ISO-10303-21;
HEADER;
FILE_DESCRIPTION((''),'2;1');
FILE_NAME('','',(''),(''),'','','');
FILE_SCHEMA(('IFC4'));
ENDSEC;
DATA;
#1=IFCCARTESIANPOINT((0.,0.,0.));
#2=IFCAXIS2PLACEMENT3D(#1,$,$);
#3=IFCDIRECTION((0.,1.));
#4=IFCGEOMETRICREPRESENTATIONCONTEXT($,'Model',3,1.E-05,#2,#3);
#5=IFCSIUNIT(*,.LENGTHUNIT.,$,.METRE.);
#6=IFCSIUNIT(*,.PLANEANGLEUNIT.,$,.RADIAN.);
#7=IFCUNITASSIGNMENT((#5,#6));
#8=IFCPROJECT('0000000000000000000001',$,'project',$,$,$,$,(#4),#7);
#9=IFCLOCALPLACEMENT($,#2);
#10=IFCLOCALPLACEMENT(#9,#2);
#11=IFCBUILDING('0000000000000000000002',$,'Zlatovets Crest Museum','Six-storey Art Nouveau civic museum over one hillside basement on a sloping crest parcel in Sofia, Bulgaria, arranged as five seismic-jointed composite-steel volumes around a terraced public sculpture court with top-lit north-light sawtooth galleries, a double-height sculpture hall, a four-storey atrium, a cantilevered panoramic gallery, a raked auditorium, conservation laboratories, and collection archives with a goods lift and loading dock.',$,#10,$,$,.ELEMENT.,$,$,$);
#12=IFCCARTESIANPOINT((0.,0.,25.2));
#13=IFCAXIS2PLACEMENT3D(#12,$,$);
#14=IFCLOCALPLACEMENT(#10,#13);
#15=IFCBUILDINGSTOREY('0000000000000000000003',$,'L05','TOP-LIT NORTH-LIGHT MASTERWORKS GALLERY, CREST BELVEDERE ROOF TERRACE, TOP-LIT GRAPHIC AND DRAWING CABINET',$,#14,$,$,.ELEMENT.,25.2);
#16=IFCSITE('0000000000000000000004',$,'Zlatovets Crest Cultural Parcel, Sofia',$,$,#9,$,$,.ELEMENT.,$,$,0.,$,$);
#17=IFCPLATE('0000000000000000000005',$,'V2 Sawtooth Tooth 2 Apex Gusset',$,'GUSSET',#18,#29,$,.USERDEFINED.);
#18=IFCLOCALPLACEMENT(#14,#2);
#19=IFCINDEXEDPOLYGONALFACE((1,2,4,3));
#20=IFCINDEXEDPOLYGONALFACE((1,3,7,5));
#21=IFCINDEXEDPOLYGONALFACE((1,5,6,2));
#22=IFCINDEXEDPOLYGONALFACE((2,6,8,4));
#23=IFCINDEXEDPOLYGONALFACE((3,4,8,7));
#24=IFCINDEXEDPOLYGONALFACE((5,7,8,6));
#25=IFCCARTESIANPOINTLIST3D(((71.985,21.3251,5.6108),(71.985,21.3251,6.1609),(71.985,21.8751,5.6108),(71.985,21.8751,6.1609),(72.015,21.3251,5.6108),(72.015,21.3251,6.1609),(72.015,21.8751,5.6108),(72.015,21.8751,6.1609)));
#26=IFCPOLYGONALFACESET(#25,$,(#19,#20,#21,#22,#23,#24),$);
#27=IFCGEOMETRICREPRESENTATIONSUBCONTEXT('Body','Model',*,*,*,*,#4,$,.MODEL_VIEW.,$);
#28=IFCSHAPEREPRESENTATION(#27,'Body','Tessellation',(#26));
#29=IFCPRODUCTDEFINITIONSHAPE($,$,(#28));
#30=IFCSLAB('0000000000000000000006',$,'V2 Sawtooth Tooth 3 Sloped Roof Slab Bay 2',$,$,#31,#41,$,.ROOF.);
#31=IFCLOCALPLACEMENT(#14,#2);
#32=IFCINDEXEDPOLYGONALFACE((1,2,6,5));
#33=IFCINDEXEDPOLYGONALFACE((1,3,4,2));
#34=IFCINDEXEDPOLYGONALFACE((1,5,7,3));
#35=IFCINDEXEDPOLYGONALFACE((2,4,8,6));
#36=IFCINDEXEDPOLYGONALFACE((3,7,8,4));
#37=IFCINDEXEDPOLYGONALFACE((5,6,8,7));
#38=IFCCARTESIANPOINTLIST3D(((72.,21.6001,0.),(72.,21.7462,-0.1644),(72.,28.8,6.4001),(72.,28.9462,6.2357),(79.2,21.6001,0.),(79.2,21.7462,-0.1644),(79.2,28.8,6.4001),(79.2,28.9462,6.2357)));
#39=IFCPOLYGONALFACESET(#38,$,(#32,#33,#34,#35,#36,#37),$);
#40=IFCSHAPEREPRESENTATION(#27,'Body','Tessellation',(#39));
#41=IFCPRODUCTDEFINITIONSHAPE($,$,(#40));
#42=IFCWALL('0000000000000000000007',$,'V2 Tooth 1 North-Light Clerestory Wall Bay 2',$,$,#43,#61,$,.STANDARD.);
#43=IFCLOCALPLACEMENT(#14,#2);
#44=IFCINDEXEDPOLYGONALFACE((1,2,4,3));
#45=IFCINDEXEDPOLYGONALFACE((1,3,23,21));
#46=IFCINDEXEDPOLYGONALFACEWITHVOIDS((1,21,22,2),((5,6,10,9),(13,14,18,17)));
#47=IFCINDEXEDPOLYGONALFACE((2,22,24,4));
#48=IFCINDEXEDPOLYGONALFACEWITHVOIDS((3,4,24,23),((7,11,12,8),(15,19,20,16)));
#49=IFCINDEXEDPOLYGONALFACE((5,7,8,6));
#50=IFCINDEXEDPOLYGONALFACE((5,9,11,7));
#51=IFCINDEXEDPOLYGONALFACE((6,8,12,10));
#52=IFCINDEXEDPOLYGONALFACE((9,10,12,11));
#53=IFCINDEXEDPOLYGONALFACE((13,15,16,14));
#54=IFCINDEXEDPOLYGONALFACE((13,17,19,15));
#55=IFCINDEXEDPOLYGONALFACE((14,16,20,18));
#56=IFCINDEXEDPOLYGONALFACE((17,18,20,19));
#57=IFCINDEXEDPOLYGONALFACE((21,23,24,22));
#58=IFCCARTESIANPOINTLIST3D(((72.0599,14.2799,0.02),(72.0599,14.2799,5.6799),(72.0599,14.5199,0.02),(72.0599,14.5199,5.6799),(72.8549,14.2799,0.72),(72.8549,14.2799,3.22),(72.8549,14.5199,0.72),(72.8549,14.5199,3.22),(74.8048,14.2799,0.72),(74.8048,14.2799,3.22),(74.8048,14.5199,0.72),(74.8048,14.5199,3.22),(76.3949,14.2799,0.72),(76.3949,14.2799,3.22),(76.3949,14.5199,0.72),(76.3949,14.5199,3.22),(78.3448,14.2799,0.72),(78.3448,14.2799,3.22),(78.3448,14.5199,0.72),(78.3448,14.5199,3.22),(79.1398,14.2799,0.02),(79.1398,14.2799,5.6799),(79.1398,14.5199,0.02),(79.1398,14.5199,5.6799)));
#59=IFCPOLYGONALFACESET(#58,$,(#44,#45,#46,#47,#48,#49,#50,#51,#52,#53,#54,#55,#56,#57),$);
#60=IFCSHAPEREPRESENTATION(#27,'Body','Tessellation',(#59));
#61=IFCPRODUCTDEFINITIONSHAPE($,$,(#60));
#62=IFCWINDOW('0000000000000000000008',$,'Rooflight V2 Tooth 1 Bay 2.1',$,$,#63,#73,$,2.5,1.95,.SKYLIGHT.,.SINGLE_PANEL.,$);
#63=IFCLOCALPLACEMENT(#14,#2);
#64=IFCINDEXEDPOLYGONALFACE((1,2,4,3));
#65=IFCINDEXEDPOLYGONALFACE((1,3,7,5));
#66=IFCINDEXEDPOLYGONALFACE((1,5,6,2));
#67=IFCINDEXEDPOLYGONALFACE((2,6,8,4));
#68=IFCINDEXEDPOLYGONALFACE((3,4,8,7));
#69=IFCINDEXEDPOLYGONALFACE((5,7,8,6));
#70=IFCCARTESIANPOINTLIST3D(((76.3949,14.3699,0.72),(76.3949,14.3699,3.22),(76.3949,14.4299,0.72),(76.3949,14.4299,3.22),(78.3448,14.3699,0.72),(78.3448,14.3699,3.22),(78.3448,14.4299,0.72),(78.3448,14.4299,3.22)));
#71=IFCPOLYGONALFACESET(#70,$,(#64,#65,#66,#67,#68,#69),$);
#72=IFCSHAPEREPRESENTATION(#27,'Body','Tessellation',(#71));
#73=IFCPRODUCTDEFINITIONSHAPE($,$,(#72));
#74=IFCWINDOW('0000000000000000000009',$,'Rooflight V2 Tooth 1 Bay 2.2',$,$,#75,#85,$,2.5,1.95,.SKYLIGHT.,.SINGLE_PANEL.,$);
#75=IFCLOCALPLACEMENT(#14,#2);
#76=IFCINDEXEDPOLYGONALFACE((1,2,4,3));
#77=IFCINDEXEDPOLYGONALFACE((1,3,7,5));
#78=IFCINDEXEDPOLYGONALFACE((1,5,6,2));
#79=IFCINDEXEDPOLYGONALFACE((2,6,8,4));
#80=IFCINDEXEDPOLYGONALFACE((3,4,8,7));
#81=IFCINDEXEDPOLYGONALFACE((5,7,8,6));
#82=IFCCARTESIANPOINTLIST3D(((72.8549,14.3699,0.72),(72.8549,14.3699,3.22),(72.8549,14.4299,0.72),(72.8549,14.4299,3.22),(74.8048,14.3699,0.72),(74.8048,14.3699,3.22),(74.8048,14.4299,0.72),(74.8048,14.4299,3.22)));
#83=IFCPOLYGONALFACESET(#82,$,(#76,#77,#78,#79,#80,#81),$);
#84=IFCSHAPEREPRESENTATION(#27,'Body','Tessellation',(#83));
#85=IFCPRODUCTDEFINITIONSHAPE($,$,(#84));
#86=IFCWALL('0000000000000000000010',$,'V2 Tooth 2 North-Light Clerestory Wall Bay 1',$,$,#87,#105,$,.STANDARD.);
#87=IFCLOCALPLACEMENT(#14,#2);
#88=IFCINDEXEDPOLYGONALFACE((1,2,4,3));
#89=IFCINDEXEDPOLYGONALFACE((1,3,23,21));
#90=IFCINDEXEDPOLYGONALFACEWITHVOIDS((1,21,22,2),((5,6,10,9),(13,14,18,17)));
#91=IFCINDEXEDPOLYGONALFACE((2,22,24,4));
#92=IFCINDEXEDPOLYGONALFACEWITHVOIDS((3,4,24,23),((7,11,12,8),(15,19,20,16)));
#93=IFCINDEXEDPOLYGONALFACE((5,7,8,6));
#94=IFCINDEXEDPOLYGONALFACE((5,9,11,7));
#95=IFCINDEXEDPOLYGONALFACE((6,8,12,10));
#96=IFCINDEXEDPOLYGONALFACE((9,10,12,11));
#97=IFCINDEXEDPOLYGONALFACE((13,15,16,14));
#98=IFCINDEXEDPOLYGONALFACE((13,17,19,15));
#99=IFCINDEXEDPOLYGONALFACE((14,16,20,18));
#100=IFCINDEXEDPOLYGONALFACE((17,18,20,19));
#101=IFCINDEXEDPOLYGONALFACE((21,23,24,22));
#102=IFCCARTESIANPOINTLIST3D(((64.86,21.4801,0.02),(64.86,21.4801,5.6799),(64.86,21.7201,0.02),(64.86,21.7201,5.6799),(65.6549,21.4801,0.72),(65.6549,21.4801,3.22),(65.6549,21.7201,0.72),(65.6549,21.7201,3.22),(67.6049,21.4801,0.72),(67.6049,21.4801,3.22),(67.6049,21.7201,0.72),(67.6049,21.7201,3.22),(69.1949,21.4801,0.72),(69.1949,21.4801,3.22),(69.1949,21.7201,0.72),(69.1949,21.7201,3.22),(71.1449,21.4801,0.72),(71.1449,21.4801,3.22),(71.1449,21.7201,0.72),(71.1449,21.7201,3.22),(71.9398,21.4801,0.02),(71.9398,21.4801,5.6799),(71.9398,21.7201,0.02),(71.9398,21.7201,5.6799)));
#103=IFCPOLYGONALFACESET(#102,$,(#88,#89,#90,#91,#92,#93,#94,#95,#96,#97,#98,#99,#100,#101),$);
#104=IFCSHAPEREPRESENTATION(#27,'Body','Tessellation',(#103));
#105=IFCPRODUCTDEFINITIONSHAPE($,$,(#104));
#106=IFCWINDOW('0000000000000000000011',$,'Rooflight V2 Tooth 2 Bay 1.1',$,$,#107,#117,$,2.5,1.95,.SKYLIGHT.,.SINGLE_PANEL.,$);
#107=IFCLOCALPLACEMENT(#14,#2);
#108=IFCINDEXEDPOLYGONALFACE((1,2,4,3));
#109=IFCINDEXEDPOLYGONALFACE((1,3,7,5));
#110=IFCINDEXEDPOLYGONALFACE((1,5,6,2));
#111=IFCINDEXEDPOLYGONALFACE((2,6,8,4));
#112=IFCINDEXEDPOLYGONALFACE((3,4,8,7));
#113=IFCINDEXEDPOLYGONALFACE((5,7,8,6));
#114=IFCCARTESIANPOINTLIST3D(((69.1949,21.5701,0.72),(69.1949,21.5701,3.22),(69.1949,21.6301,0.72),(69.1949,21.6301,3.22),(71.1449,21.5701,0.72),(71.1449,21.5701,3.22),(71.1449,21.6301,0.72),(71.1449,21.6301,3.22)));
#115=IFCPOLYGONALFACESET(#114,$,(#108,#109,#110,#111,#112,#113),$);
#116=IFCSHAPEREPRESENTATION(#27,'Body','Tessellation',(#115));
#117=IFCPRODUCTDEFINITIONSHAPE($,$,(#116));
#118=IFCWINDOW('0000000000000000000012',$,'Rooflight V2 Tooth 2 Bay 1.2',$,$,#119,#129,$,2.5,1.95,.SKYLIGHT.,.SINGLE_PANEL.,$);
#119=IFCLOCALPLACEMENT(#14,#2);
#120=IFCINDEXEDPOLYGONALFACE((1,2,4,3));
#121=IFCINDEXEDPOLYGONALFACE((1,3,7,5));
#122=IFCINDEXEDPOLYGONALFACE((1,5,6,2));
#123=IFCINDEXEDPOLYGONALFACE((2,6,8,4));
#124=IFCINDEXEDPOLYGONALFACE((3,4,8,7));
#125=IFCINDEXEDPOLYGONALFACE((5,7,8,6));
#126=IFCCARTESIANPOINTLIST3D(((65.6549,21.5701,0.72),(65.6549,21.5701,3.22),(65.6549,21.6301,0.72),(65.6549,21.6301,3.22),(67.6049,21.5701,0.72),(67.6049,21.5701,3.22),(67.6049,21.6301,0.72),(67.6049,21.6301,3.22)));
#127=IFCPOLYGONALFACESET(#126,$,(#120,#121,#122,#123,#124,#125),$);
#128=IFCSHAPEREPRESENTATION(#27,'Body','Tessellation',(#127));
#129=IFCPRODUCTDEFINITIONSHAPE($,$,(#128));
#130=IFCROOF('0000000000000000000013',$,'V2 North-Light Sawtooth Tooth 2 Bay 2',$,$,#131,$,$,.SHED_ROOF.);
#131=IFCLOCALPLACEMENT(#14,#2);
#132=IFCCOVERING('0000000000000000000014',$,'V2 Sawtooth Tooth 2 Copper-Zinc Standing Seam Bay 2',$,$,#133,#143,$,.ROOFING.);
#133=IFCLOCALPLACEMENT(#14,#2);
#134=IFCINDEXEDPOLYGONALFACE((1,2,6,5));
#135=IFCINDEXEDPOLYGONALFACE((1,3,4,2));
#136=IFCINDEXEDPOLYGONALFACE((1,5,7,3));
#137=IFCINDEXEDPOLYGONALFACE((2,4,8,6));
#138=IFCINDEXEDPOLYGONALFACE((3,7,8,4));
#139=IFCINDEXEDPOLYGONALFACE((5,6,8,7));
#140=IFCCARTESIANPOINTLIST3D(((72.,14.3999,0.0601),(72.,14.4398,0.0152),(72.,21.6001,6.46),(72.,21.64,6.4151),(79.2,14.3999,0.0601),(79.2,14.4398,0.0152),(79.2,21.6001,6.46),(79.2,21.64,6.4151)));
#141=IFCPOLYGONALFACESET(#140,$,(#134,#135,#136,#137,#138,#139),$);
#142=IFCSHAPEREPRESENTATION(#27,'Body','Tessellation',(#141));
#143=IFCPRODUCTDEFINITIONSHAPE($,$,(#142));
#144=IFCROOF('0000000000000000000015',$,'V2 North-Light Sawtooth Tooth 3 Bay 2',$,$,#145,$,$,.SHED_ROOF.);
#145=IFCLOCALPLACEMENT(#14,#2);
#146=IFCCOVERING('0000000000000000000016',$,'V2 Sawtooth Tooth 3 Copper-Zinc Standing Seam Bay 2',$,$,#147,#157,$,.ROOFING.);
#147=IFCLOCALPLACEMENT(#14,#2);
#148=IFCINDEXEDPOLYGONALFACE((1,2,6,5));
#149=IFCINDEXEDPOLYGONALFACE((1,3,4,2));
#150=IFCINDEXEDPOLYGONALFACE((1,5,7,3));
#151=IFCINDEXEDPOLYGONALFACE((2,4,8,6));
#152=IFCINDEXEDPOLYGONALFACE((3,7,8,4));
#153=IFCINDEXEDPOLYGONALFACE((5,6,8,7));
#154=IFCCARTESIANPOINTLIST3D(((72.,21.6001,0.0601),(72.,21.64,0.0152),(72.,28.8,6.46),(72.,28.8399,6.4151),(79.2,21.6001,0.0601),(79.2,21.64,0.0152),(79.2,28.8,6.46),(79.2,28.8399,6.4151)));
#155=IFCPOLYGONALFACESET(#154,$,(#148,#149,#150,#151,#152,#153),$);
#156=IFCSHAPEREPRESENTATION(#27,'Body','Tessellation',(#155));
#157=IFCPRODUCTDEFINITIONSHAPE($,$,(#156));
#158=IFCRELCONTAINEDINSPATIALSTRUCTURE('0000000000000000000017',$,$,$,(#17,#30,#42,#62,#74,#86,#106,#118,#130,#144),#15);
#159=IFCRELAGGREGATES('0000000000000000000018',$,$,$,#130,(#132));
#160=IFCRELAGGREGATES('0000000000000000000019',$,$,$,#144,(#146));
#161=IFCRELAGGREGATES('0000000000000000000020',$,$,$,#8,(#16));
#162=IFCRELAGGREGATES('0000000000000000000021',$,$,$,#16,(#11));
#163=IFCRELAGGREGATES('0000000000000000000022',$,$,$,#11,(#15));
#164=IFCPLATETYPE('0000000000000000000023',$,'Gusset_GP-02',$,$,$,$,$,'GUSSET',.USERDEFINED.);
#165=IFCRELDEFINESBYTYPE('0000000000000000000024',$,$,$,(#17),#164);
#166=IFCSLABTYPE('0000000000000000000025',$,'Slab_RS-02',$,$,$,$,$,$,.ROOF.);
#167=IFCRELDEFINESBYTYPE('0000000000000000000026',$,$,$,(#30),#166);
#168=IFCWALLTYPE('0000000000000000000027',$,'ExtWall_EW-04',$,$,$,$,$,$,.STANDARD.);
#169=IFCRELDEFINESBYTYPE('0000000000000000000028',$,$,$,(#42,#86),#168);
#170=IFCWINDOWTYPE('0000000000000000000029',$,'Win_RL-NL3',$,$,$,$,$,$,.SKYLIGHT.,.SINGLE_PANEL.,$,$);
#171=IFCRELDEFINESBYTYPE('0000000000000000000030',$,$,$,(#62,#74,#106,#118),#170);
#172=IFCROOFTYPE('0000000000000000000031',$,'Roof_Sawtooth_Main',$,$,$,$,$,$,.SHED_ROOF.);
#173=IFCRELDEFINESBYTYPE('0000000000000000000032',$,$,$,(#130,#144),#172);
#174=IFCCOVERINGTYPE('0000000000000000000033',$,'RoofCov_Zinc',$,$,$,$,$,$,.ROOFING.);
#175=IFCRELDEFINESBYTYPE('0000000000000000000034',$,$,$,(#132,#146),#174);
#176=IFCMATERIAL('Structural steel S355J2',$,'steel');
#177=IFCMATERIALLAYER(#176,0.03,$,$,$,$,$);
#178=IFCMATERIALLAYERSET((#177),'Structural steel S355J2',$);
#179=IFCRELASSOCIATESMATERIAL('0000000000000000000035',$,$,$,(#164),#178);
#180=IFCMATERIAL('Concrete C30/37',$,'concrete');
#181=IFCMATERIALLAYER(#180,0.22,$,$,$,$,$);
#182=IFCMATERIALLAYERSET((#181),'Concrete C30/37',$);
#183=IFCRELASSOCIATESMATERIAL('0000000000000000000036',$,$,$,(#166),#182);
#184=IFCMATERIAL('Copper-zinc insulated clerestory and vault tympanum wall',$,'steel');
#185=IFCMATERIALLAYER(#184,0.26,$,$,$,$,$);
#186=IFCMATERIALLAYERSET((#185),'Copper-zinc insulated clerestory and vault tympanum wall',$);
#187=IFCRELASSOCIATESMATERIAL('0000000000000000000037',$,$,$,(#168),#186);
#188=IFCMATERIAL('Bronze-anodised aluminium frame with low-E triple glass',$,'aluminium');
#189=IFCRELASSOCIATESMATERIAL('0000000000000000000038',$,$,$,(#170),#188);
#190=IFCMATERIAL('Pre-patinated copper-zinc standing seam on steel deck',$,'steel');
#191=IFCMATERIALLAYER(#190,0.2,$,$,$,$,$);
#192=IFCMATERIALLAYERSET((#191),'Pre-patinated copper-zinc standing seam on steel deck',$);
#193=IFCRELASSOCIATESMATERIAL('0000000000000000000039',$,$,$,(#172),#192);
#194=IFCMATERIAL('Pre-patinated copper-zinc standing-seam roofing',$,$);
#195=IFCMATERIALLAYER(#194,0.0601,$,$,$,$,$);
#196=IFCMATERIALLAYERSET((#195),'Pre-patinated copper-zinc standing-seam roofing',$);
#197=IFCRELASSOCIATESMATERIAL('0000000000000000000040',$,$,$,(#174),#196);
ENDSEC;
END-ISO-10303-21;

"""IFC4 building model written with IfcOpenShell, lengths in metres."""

from ifc_helpers import new_model, si_unit, direction, frame, frame_2d, origin, origin_2d, place, context, subcontext, project, spatial, polyline, rectangle, outline, extrude, material, layer, layer_set, type_object, element, fill, aggregate, save


model = new_model("IFC4")

# Units and contexts
model_context = context("Model", 3, precision=1e-05, world=origin(), true_north=direction((0.0, 1.0)))
body_context = subcontext(model_context, "Body", "Model", "MODEL_VIEW")
ifc_project = project(units=[si_unit("LENGTHUNIT", "METRE"), si_unit("PLANEANGLEUNIT", "RADIAN")], contexts=[model_context])

# Site, building, storey
site_placement = place(None, origin())
site = spatial("IfcSite", under=ifc_project, at=site_placement, Name="Zlatovets Crest Cultural Parcel, Sofia", CompositionType="ELEMENT", RefElevation=0.0)
building_placement = place(site_placement, origin())
building = spatial("IfcBuilding", under=site, at=building_placement, Name="Zlatovets Crest Museum", Description="Six-storey Art Nouveau civic museum over one hillside basement on a sloping crest parcel in Sofia, Bulgaria, arranged as five seismic-jointed composite-steel volumes around a terraced public sculpture court with top-lit north-light sawtooth galleries, a double-height sculpture hall, a four-storey atrium, a cantilevered panoramic gallery, a raked auditorium, conservation laboratories, and collection archives with a goods lift and loading dock.", CompositionType="ELEMENT")
storey_placement = place(building_placement, frame((0.0, 0.0, 25.2)))
storey = spatial("IfcBuildingStorey", under=building, at=storey_placement, Name="L05", Description="TOP-LIT NORTH-LIGHT MASTERWORKS GALLERY, CREST BELVEDERE ROOF TERRACE, TOP-LIT GRAPHIC AND DRAWING CABINET", CompositionType="ELEMENT", Elevation=25.2)

# Shared definitions
ifc_material_1 = material(Name="Structural steel S355J2", Category="steel")

# Plate
ifc_layer_1 = layer(ifc_material_1, 0.03)
ifc_layer_set_1 = layer_set([ifc_layer_1], Name="Structural steel S355J2")
plate_type = type_object("IfcPlateType", Name="Gusset_GP-02", ElementType="GUSSET", PredefinedType="USERDEFINED", material=ifc_layer_set_1)
plate_placement = place(storey_placement, frame((72.0, 21.6001, 5.6108), z_axis=(0.0, 0.0, 1.0), x_axis=(1.0, 0.0, 0.0)))
element("IfcPlate", 1, at=plate_placement, inside=storey, type_object=plate_type, Name="V2 Sawtooth Tooth 2 Apex Gusset", ObjectType="GUSSET", PredefinedType="USERDEFINED", context=body_context, shape_type="SweptSolid", body=[
    extrude(rectangle(XDim=0.03, YDim=0.55, at=origin_2d()), origin(), (0.0, 0.0, 1.0), 0.55),
])

# Slab
ifc_material_2 = material(Name="Concrete C30/37", Category="concrete")
ifc_layer_2 = layer(ifc_material_2, 0.22)
ifc_layer_set_2 = layer_set([ifc_layer_2], Name="Concrete C30/37")
slab_type = type_object("IfcSlabType", Name="Slab_RS-02", PredefinedType="ROOF", material=ifc_layer_set_2)
slab_placement = place(storey_placement, frame((72.0, 21.6001, 0.0), z_axis=(0.0, -0.664375, 0.7474), x_axis=(1.0, 0.0, 0.0)))
element("IfcSlab", 2, at=slab_placement, inside=storey, type_object=slab_type, Name="V2 Sawtooth Tooth 3 Sloped Roof Slab Bay 2", PredefinedType="ROOF", context=body_context, shape_type="SweptSolid", body=[
    extrude(outline(polyline([(0.0, 0.0), (7.2, 0.0), (7.2, 9.6333), (0.0, 9.6333), (0.0, 0.0)])), origin(), (0.0, 0.0, -1.0), 0.22),
])

# Walls, openings, windows
ifc_material_3 = material(Name="Copper-zinc insulated clerestory and vault tympanum wall", Category="steel")
ifc_layer_3 = layer(ifc_material_3, 0.26)
ifc_layer_set_3 = layer_set([ifc_layer_3], Name="Copper-zinc insulated clerestory and vault tympanum wall")
wall_type = type_object("IfcWallType", Name="ExtWall_EW-04", PredefinedType="STANDARD", material=ifc_layer_set_3)
wall_1_placement = place(storey_placement, frame((79.1399, 14.3999, 0.02), z_axis=(0.0, 0.0, 1.0), x_axis=(-1.0, 0.0, 0.0)))
wall_1 = element("IfcWall", 3, at=wall_1_placement, inside=storey, type_object=wall_type, Name="V2 Tooth 1 North-Light Clerestory Wall Bay 2", PredefinedType="STANDARD", context=body_context, shape_type="SweptSolid", body=[
    extrude(rectangle(XDim=7.0798, YDim=0.24, at=frame_2d((3.54, 0.0))), origin(), (0.0, 0.0, 1.0), 5.6599),
])
opening_1_placement = place(wall_1_placement, frame((0.7949, 0.0, 0.7)))
opening_1 = element("IfcOpeningElement", 4, at=opening_1_placement, cuts=wall_1, PredefinedType="OPENING", context=body_context, shape_type="SweptSolid", body=[
    extrude(rectangle(XDim=1.95, YDim=2.5, at=frame_2d((0.9751, 1.25))), frame((0.0, 0.1299, 0.0), z_axis=(0.0, -1.0, 0.0), x_axis=(1.0, 0.0, 0.0)), (0.0, 0.0, 1.0), 0.26),
])
opening_2_placement = place(wall_1_placement, frame((4.335, 0.0, 0.7)))
opening_2 = element("IfcOpeningElement", 5, at=opening_2_placement, cuts=wall_1, PredefinedType="OPENING", context=body_context, shape_type="SweptSolid", body=[
    extrude(rectangle(XDim=1.95, YDim=2.5, at=frame_2d((0.9751, 1.25))), frame((0.0, 0.1299, 0.0), z_axis=(0.0, -1.0, 0.0), x_axis=(1.0, 0.0, 0.0)), (0.0, 0.0, 1.0), 0.26),
])
ifc_material_4 = material(Name="Bronze-anodised aluminium frame with low-E triple glass", Category="aluminium")
window_type = type_object("IfcWindowType", Name="Win_RL-NL3", PartitioningType="SINGLE_PANEL", PredefinedType="SKYLIGHT", material=ifc_material_4)
window_1_placement = place(opening_1_placement, origin())
window_1 = element("IfcWindow", 6, at=window_1_placement, inside=storey, type_object=window_type, Name="Rooflight V2 Tooth 1 Bay 2.1", OverallHeight=2.5, OverallWidth=1.95, PartitioningType="SINGLE_PANEL", PredefinedType="SKYLIGHT", context=body_context, shape_type="SweptSolid", body=[
    extrude(rectangle(XDim=1.95, YDim=2.5, at=frame_2d((0.9751, 1.25))), frame((0.0, 0.03, 0.0), z_axis=(0.0, -1.0, 0.0), x_axis=(1.0, 0.0, 0.0)), (0.0, 0.0, 1.0), 0.0601),
])
fill(opening_1, window_1)
window_2_placement = place(opening_2_placement, origin())
window_2 = element("IfcWindow", 7, at=window_2_placement, inside=storey, type_object=window_type, Name="Rooflight V2 Tooth 1 Bay 2.2", OverallHeight=2.5, OverallWidth=1.95, PartitioningType="SINGLE_PANEL", PredefinedType="SKYLIGHT", context=body_context, shape_type="SweptSolid", body=[
    extrude(rectangle(XDim=1.95, YDim=2.5, at=frame_2d((0.9751, 1.25))), frame((0.0, 0.03, 0.0), z_axis=(0.0, -1.0, 0.0), x_axis=(1.0, 0.0, 0.0)), (0.0, 0.0, 1.0), 0.0601),
])
fill(opening_2, window_2)
wall_2_placement = place(storey_placement, frame((71.9399, 21.6001, 0.02), z_axis=(0.0, 0.0, 1.0), x_axis=(-1.0, 0.0, 0.0)))
wall_2 = element("IfcWall", 8, at=wall_2_placement, inside=storey, type_object=wall_type, Name="V2 Tooth 2 North-Light Clerestory Wall Bay 1", PredefinedType="STANDARD", context=body_context, shape_type="SweptSolid", body=[
    extrude(rectangle(XDim=7.0798, YDim=0.24, at=frame_2d((3.54, 0.0))), origin(), (0.0, 0.0, 1.0), 5.6599),
])
opening_3_placement = place(wall_2_placement, frame((0.7949, 0.0, 0.7)))
opening_3 = element("IfcOpeningElement", 9, at=opening_3_placement, cuts=wall_2, PredefinedType="OPENING", context=body_context, shape_type="SweptSolid", body=[
    extrude(rectangle(XDim=1.95, YDim=2.5, at=frame_2d((0.9751, 1.25))), frame((0.0, 0.1299, 0.0), z_axis=(0.0, -1.0, 0.0), x_axis=(1.0, 0.0, 0.0)), (0.0, 0.0, 1.0), 0.26),
])
opening_4_placement = place(wall_2_placement, frame((4.335, 0.0, 0.7)))
opening_4 = element("IfcOpeningElement", 10, at=opening_4_placement, cuts=wall_2, PredefinedType="OPENING", context=body_context, shape_type="SweptSolid", body=[
    extrude(rectangle(XDim=1.95, YDim=2.5, at=frame_2d((0.9751, 1.25))), frame((0.0, 0.1299, 0.0), z_axis=(0.0, -1.0, 0.0), x_axis=(1.0, 0.0, 0.0)), (0.0, 0.0, 1.0), 0.26),
])
window_3_placement = place(opening_3_placement, origin())
window_3 = element("IfcWindow", 11, at=window_3_placement, inside=storey, type_object=window_type, Name="Rooflight V2 Tooth 2 Bay 1.1", OverallHeight=2.5, OverallWidth=1.95, PartitioningType="SINGLE_PANEL", PredefinedType="SKYLIGHT", context=body_context, shape_type="SweptSolid", body=[
    extrude(rectangle(XDim=1.95, YDim=2.5, at=frame_2d((0.9751, 1.25))), frame((0.0, 0.03, 0.0), z_axis=(0.0, -1.0, 0.0), x_axis=(1.0, 0.0, 0.0)), (0.0, 0.0, 1.0), 0.0601),
])
fill(opening_3, window_3)
window_4_placement = place(opening_4_placement, origin())
window_4 = element("IfcWindow", 12, at=window_4_placement, inside=storey, type_object=window_type, Name="Rooflight V2 Tooth 2 Bay 1.2", OverallHeight=2.5, OverallWidth=1.95, PartitioningType="SINGLE_PANEL", PredefinedType="SKYLIGHT", context=body_context, shape_type="SweptSolid", body=[
    extrude(rectangle(XDim=1.95, YDim=2.5, at=frame_2d((0.9751, 1.25))), frame((0.0, 0.03, 0.0), z_axis=(0.0, -1.0, 0.0), x_axis=(1.0, 0.0, 0.0)), (0.0, 0.0, 1.0), 0.0601),
])
fill(opening_4, window_4)

# Roofs, coverings
ifc_material_5 = material(Name="Pre-patinated copper-zinc standing seam on steel deck", Category="steel")
ifc_layer_4 = layer(ifc_material_5, 0.2)
ifc_layer_set_4 = layer_set([ifc_layer_4], Name="Pre-patinated copper-zinc standing seam on steel deck")
roof_type = type_object("IfcRoofType", Name="Roof_Sawtooth_Main", PredefinedType="SHED_ROOF", material=ifc_layer_set_4)
roof_1_placement = place(storey_placement, origin())
roof_1 = element("IfcRoof", 13, at=roof_1_placement, inside=storey, type_object=roof_type, Name="V2 North-Light Sawtooth Tooth 2 Bay 2", PredefinedType="SHED_ROOF")
ifc_material_6 = material(Name="Pre-patinated copper-zinc standing-seam roofing")
ifc_layer_5 = layer(ifc_material_6, 0.0601)
ifc_layer_set_5 = layer_set([ifc_layer_5], Name="Pre-patinated copper-zinc standing-seam roofing")
covering_type = type_object("IfcCoveringType", Name="RoofCov_Zinc", PredefinedType="ROOFING", material=ifc_layer_set_5)
covering_1_placement = place(storey_placement, frame((72.0, 14.3999, 0.0601), z_axis=(0.0, -0.664348, 0.747423), x_axis=(1.0, 0.0, 0.0)))
covering_1 = element("IfcCovering", 14, at=covering_1_placement, type_object=covering_type, Name="V2 Sawtooth Tooth 2 Copper-Zinc Standing Seam Bay 2", PredefinedType="ROOFING", context=body_context, shape_type="SweptSolid", body=[
    extrude(outline(polyline([(0.0, 0.0), (7.2, 0.0), (7.2, 9.6334), (0.0, 9.6334), (0.0, 0.0)])), origin(), (0.0, 0.0, -1.0), 0.0601),
])
aggregate(roof_1, [covering_1])
roof_2_placement = place(storey_placement, origin())
roof_2 = element("IfcRoof", 15, at=roof_2_placement, inside=storey, type_object=roof_type, Name="V2 North-Light Sawtooth Tooth 3 Bay 2", PredefinedType="SHED_ROOF")
covering_2_placement = place(storey_placement, frame((72.0, 21.6001, 0.0601), z_axis=(0.0, -0.664361, 0.747412), x_axis=(1.0, 0.0, 0.0)))
covering_2 = element("IfcCovering", 16, at=covering_2_placement, type_object=covering_type, Name="V2 Sawtooth Tooth 3 Copper-Zinc Standing Seam Bay 2", PredefinedType="ROOFING", context=body_context, shape_type="SweptSolid", body=[
    extrude(outline(polyline([(0.0, 0.0), (7.2, 0.0), (7.2, 9.6332), (0.0, 9.6332), (0.0, 0.0)])), origin(), (0.0, 0.0, -1.0), 0.0601),
])
aggregate(roof_2, [covering_2])

save(model, "model.ifc")
